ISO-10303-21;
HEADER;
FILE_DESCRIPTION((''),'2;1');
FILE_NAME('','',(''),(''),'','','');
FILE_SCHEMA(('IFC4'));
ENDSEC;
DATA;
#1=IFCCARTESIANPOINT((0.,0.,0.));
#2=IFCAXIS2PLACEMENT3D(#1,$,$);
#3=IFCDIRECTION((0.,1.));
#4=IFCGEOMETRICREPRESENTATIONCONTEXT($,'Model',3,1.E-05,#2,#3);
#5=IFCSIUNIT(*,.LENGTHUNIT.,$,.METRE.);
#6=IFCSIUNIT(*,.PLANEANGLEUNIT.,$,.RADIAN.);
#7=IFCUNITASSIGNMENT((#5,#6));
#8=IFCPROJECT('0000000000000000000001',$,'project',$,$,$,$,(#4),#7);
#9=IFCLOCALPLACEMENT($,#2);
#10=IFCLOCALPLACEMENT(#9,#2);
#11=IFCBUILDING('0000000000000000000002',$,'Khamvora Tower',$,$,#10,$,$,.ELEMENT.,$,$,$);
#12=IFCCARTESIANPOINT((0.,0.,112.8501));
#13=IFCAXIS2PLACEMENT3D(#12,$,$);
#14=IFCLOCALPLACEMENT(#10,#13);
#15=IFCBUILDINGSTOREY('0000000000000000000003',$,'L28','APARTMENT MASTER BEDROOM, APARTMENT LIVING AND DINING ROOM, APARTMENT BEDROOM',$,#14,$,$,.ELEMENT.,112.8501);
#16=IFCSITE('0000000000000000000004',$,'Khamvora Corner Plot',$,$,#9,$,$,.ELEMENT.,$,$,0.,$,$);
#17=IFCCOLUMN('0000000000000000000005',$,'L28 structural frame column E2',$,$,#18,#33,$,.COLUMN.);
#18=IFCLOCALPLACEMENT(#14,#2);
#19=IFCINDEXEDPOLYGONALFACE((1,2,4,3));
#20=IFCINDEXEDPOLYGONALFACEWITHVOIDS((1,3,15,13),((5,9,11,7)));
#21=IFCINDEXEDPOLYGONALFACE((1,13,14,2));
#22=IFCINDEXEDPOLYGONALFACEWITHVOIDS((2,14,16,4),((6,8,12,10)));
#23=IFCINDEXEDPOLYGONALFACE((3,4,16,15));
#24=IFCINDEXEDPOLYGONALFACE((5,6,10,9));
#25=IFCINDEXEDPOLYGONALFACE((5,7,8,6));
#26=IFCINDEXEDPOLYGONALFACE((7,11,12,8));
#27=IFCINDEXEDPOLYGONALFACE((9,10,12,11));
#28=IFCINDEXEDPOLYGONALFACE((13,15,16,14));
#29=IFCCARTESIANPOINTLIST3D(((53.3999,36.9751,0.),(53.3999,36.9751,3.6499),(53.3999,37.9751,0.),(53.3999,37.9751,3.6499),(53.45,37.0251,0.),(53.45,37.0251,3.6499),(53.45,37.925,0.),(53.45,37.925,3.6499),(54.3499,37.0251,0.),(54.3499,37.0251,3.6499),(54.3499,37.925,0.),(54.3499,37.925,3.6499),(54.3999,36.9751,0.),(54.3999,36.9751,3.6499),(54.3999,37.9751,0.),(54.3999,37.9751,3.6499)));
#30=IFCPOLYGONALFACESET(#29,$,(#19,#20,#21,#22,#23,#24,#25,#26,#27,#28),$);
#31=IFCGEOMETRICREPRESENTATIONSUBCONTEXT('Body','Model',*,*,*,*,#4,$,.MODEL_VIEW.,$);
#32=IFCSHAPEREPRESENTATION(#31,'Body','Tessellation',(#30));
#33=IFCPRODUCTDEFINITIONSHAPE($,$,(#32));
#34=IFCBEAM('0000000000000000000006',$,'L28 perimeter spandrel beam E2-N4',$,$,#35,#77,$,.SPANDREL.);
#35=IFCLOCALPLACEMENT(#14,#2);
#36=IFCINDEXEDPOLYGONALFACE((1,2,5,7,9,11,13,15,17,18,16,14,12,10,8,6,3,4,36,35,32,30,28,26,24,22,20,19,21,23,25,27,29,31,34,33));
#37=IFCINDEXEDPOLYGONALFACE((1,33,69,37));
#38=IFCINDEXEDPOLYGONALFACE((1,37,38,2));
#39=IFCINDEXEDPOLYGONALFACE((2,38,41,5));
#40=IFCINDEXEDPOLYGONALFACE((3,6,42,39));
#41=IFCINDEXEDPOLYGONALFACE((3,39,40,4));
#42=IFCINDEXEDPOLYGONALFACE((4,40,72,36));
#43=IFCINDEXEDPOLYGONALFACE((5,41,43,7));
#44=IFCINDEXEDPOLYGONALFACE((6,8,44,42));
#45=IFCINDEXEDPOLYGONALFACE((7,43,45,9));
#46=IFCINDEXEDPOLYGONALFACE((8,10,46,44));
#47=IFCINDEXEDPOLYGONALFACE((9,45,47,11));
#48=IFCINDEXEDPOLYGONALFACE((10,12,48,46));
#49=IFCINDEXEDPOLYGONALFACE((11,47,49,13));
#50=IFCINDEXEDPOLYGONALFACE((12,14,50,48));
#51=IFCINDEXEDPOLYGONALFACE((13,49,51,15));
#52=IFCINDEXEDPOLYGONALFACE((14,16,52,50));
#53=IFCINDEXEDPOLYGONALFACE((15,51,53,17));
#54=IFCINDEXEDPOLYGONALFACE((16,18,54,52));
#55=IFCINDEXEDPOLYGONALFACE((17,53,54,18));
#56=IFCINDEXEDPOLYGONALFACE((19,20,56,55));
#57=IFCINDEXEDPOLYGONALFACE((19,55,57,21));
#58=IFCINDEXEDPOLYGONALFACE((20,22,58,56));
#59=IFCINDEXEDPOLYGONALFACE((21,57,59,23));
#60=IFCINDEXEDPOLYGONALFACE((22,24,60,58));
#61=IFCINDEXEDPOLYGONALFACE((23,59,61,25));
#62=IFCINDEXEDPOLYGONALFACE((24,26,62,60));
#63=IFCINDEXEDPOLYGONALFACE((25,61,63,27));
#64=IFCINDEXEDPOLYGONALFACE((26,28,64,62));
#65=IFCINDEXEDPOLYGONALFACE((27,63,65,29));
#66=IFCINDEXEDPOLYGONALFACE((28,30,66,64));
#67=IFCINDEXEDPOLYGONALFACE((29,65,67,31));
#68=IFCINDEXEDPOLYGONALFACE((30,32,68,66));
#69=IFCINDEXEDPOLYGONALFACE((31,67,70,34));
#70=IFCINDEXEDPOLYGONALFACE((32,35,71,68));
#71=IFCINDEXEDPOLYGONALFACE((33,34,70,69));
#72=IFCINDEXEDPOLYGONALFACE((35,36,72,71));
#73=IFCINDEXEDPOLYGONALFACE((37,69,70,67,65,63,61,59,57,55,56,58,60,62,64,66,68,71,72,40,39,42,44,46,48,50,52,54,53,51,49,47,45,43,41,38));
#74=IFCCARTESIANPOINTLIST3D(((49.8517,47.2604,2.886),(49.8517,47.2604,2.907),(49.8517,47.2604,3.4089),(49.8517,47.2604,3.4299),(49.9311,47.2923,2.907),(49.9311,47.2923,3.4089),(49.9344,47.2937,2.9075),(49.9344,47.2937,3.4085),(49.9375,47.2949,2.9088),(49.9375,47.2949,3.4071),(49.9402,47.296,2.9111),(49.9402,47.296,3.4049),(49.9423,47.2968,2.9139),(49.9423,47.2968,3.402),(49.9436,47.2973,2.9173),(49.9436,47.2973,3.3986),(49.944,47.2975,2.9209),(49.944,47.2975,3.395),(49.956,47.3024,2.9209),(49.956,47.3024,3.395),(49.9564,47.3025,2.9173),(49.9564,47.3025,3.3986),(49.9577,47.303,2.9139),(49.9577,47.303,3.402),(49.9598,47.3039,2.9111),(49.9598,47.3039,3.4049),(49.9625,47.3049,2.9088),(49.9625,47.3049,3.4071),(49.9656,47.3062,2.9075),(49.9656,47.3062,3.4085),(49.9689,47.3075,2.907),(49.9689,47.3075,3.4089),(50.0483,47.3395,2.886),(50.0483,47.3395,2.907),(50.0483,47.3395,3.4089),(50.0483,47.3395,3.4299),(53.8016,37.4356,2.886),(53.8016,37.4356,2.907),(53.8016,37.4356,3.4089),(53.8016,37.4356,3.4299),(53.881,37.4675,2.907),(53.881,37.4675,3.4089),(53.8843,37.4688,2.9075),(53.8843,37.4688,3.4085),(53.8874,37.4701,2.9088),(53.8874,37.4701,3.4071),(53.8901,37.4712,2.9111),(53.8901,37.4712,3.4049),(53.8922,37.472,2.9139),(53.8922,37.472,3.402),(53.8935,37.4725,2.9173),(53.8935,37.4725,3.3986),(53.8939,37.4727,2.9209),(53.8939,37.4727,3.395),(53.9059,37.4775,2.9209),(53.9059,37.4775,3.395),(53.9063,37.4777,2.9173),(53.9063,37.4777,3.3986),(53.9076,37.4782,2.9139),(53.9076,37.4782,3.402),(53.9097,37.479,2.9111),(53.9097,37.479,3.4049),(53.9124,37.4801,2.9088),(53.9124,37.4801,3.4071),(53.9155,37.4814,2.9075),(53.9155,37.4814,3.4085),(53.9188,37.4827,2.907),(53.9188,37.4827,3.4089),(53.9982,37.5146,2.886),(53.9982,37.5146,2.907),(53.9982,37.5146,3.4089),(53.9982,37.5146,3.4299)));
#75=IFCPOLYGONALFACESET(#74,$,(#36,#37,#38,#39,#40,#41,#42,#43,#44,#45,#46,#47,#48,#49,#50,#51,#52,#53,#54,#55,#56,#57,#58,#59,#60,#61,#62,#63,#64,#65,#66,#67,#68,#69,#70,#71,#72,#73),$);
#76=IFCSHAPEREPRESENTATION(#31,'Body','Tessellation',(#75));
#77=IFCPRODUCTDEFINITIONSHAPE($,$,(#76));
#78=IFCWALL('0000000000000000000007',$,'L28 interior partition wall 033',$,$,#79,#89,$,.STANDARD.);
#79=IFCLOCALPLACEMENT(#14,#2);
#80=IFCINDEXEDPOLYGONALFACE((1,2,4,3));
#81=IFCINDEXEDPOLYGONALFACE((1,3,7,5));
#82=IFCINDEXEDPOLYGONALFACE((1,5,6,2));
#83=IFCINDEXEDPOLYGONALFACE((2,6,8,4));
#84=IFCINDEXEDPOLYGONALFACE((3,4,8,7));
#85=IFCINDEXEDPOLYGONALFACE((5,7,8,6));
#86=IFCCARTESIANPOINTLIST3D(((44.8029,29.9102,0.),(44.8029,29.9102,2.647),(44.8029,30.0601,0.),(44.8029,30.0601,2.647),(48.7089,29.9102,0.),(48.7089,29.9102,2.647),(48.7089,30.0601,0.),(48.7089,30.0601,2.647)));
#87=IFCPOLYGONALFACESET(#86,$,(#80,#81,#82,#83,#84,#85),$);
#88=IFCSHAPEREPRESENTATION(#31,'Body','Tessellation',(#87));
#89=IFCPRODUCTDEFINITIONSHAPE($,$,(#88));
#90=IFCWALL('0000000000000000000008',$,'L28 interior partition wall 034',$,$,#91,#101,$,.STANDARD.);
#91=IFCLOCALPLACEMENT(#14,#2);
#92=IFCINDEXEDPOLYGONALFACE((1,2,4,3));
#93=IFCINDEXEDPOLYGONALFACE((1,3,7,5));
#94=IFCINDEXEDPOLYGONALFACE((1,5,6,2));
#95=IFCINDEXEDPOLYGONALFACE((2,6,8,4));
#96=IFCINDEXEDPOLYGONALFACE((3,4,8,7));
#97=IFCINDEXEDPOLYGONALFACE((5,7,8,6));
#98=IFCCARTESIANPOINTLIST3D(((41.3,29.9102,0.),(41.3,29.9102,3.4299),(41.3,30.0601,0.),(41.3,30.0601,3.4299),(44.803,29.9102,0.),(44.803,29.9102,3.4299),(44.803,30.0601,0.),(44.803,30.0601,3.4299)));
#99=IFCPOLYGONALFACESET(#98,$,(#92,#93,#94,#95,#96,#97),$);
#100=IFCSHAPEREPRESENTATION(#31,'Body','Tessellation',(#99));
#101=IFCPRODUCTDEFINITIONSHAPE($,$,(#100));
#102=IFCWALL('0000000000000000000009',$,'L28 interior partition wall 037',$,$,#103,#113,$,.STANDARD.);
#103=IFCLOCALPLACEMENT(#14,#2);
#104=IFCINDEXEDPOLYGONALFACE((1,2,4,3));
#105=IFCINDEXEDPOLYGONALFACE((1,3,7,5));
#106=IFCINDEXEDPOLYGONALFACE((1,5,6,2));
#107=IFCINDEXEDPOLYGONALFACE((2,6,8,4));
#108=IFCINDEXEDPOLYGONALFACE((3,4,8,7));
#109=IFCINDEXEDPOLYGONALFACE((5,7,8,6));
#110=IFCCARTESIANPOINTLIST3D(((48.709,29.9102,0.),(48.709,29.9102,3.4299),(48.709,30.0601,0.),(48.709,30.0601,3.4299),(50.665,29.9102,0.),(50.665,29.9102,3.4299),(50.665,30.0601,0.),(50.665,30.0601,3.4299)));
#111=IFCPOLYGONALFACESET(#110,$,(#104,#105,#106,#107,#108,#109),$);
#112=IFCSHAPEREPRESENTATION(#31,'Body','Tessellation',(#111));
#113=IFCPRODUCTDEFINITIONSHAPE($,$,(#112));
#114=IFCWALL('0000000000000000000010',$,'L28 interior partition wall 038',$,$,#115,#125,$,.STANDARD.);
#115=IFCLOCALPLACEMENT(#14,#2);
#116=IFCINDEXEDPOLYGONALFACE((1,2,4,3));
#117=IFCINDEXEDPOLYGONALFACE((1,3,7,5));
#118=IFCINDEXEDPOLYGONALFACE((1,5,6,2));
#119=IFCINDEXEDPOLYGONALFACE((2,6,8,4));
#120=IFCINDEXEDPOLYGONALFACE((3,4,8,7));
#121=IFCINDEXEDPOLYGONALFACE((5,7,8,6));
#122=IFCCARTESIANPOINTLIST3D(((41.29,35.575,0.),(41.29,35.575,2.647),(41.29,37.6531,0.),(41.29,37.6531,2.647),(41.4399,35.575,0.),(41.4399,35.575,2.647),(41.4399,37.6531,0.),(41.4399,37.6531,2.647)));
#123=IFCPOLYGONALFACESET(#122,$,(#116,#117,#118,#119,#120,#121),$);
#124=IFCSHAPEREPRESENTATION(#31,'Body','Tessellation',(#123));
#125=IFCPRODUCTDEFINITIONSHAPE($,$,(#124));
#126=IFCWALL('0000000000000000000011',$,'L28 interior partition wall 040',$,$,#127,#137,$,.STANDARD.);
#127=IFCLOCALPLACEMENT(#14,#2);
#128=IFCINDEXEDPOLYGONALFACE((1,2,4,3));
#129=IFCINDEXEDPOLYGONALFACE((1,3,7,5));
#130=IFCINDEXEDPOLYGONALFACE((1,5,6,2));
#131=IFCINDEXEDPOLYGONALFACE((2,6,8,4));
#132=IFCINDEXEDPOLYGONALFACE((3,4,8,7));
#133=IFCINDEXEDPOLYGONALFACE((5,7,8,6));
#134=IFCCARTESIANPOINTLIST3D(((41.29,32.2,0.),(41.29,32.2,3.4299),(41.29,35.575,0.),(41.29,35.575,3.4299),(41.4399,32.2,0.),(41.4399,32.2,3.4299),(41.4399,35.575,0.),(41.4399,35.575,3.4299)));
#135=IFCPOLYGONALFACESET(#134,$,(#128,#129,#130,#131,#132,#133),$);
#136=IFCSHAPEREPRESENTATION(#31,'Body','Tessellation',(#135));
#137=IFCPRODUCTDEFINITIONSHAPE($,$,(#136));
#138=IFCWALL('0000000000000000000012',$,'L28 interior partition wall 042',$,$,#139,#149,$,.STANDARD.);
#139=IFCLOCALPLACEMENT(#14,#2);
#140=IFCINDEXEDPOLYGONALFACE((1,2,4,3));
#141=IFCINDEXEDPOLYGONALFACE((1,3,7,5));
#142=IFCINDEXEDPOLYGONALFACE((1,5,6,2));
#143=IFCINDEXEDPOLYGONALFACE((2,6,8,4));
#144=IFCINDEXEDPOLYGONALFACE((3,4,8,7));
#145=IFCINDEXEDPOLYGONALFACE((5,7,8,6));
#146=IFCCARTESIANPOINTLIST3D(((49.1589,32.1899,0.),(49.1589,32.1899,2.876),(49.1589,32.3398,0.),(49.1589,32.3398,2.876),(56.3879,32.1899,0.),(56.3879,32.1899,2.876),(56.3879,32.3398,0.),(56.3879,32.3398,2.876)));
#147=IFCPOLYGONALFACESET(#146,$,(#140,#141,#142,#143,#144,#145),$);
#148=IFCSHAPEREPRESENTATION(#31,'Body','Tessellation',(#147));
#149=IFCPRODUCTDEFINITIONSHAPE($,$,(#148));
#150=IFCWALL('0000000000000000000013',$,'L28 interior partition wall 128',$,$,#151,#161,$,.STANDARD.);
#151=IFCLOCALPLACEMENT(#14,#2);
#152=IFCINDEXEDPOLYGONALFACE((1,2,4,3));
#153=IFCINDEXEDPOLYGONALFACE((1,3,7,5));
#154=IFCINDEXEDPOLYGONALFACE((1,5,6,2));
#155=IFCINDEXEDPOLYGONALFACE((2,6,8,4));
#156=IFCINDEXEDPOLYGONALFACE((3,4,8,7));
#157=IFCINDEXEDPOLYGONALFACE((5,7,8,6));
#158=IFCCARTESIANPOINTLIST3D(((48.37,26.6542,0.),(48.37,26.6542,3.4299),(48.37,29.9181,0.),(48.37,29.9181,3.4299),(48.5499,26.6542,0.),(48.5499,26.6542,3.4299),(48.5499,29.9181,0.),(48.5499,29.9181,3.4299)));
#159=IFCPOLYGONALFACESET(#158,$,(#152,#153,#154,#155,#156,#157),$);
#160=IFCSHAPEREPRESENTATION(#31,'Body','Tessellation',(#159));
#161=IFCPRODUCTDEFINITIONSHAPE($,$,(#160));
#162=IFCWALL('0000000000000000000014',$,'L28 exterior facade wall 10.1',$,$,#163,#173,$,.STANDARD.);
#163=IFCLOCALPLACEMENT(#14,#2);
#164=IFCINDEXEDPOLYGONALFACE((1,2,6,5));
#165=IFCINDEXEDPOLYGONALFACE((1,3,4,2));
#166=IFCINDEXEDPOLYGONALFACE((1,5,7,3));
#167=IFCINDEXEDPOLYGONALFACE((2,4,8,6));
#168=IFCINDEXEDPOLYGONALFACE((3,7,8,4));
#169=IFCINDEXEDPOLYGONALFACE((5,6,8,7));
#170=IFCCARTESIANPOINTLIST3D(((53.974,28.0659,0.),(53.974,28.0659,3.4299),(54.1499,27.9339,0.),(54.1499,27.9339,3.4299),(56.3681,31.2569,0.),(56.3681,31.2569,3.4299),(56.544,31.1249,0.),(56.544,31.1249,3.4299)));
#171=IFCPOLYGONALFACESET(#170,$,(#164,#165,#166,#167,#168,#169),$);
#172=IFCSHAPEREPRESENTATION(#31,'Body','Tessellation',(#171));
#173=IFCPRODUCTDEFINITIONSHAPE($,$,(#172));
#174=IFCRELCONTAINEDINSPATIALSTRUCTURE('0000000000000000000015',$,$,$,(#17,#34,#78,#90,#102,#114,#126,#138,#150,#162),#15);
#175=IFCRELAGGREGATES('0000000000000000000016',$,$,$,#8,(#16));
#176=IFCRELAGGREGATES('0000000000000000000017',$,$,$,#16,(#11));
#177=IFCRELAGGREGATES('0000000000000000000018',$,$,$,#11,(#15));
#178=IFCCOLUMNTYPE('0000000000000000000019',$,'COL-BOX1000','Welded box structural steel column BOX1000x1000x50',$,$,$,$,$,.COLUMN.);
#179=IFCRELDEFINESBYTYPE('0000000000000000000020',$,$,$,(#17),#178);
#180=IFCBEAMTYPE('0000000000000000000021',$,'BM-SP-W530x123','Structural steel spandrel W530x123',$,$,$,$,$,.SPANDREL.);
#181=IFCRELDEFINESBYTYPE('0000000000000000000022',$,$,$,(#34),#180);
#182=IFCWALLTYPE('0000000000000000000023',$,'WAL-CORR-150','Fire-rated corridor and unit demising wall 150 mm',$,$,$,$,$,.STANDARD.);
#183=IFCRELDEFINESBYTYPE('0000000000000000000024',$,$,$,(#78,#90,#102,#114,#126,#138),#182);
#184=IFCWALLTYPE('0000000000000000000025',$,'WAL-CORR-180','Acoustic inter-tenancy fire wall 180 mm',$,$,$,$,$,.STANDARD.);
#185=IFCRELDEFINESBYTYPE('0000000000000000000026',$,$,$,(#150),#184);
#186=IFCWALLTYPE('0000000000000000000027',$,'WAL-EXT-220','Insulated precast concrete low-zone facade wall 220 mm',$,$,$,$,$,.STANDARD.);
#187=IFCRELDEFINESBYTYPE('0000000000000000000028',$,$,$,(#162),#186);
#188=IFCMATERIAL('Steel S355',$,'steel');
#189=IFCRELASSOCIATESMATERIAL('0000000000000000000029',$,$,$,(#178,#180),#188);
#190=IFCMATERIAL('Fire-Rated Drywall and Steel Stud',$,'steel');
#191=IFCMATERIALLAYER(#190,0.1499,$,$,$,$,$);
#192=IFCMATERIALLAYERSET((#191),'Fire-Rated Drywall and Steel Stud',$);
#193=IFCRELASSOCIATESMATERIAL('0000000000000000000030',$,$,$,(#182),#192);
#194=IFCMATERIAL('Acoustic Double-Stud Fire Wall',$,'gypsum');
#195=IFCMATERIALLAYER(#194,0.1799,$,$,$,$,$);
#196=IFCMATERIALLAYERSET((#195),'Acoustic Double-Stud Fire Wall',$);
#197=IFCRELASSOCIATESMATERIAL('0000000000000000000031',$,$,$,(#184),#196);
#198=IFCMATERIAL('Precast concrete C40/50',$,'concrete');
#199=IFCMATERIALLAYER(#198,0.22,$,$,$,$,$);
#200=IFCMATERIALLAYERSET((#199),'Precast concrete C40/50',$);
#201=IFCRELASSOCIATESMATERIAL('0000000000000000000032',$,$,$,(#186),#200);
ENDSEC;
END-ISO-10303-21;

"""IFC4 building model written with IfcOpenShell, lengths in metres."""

from ifc_helpers import new_model, si_unit, direction, frame, frame_2d, origin, origin_2d, place, context, subcontext, project, spatial, rectangle, hollow_rectangle, i_section, extrude, material, layer, layer_set, material_profile, profile_set, type_object, element, save


model = new_model("IFC4")

# Units and contexts
model_context = context("Model", 3, precision=1e-05, world=origin(), true_north=direction((0.0, 1.0)))
body_context = subcontext(model_context, "Body", "Model", "MODEL_VIEW")
ifc_project = project(units=[si_unit("LENGTHUNIT", "METRE"), si_unit("PLANEANGLEUNIT", "RADIAN")], contexts=[model_context])

# Site, building, storey
site_placement = place(None, origin())
site = spatial("IfcSite", under=ifc_project, at=site_placement, Name="Khamvora Corner Plot", CompositionType="ELEMENT", RefElevation=0.0)
building_placement = place(site_placement, origin())
building = spatial("IfcBuilding", under=site, at=building_placement, Name="Khamvora Tower", CompositionType="ELEMENT")
storey_placement = place(building_placement, frame((0.0, 0.0, 112.8501)))
storey = spatial("IfcBuildingStorey", under=building, at=storey_placement, Name="L28", Description="APARTMENT MASTER BEDROOM, APARTMENT LIVING AND DINING ROOM, APARTMENT BEDROOM", CompositionType="ELEMENT", Elevation=112.8501)

# Column
ifc_material_1 = material(Name="Steel S355", Category="steel")
ifc_material_profile_1 = material_profile(ifc_material_1, hollow_rectangle(XDim=1.0, YDim=1.0, WallThickness=0.05, at=origin_2d()), Name="BOX1000x1000x50")
ifc_profile_set_1 = profile_set([ifc_material_profile_1], Name="Steel S355")
column_type = type_object("IfcColumnType", Name="COL-BOX1000", Description="Welded box structural steel column BOX1000x1000x50", PredefinedType="COLUMN", material=ifc_profile_set_1)
column_placement = place(storey_placement, frame((53.8999, 37.4751, 0.0), z_axis=(0.0, 0.0, 1.0), x_axis=(1.0, 0.0, 0.0)))
element("IfcColumn", 1, at=column_placement, inside=storey, type_object=column_type, Name="L28 structural frame column E2", PredefinedType="COLUMN", context=body_context, shape_type="SweptSolid", body=[
    extrude(hollow_rectangle(XDim=1.0, YDim=1.0, WallThickness=0.05, at=origin_2d()), origin(), (0.0, 0.0, 1.0), 3.6499),
])

# Beam
ifc_material_profile_2 = material_profile(ifc_material_1, i_section(OverallWidth=0.2119, OverallDepth=0.5439, WebThickness=0.0129, FlangeThickness=0.021, FilletRadius=0.0139, at=origin_2d()), Name="W530x123")
ifc_profile_set_2 = profile_set([ifc_material_profile_2], Name="Steel S355")
beam_type = type_object("IfcBeamType", Name="BM-SP-W530x123", Description="Structural steel spandrel W530x123", PredefinedType="SPANDREL", material=ifc_profile_set_2)
beam_placement = place(storey_placement, frame((53.8999, 37.4751, 3.158), z_axis=(-0.373016, 0.927825, 0.0), x_axis=(-0.927825, -0.373016, 0.0)))
element("IfcBeam", 2, at=beam_placement, inside=storey, type_object=beam_type, Name="L28 perimeter spandrel beam E2-N4", PredefinedType="SPANDREL", context=body_context, shape_type="SweptSolid", body=[
    extrude(i_section(OverallWidth=0.2119, OverallDepth=0.5439, WebThickness=0.0129, FlangeThickness=0.021, FilletRadius=0.0139, at=origin_2d()), origin(), (0.0, 0.0, 1.0), 10.5891),
])

# Walls
ifc_material_2 = material(Name="Fire-Rated Drywall and Steel Stud", Category="steel")
ifc_layer_1 = layer(ifc_material_2, 0.1499)
ifc_layer_set_1 = layer_set([ifc_layer_1], Name="Fire-Rated Drywall and Steel Stud")
wall_type_1 = type_object("IfcWallType", Name="WAL-CORR-150", Description="Fire-rated corridor and unit demising wall 150 mm", PredefinedType="STANDARD", material=ifc_layer_set_1)
wall_1_placement = place(storey_placement, frame((48.709, 29.9851, 0.0), z_axis=(0.0, 0.0, 1.0), x_axis=(-1.0, 0.0, 0.0)))
element("IfcWall", 3, at=wall_1_placement, inside=storey, type_object=wall_type_1, Name="L28 interior partition wall 033", PredefinedType="STANDARD", context=body_context, shape_type="SweptSolid", body=[
    extrude(rectangle(XDim=3.906, YDim=0.1499, at=frame_2d((1.9531, 0.0))), origin(), (0.0, 0.0, 1.0), 2.647),
])
wall_2_placement = place(storey_placement, frame((44.803, 29.9851, 0.0), z_axis=(0.0, 0.0, 1.0), x_axis=(-1.0, 0.0, 0.0)))
element("IfcWall", 4, at=wall_2_placement, inside=storey, type_object=wall_type_1, Name="L28 interior partition wall 034", PredefinedType="STANDARD", context=body_context, shape_type="SweptSolid", body=[
    extrude(rectangle(XDim=3.5029, YDim=0.1499, at=frame_2d((1.7515, 0.0))), origin(), (0.0, 0.0, 1.0), 3.4299),
])

# Walls
wall_3_placement = place(storey_placement, frame((50.665, 29.9851, 0.0), z_axis=(0.0, 0.0, 1.0), x_axis=(-1.0, 0.0, 0.0)))
element("IfcWall", 5, at=wall_3_placement, inside=storey, type_object=wall_type_1, Name="L28 interior partition wall 037", PredefinedType="STANDARD", context=body_context, shape_type="SweptSolid", body=[
    extrude(rectangle(XDim=1.9561, YDim=0.1499, at=frame_2d((0.978, 0.0))), origin(), (0.0, 0.0, 1.0), 3.4299),
])
wall_4_placement = place(storey_placement, frame((41.365, 37.6531, 0.0), z_axis=(0.0, 0.0, 1.0), x_axis=(0.0, -1.0, 0.0)))
element("IfcWall", 6, at=wall_4_placement, inside=storey, type_object=wall_type_1, Name="L28 interior partition wall 038", PredefinedType="STANDARD", context=body_context, shape_type="SweptSolid", body=[
    extrude(rectangle(XDim=2.0781, YDim=0.1499, at=frame_2d((1.0391, 0.0))), origin(), (0.0, 0.0, 1.0), 2.647),
])

# Walls
wall_5_placement = place(storey_placement, frame((41.365, 35.575, 0.0), z_axis=(0.0, 0.0, 1.0), x_axis=(0.0, -1.0, 0.0)))
element("IfcWall", 7, at=wall_5_placement, inside=storey, type_object=wall_type_1, Name="L28 interior partition wall 040", PredefinedType="STANDARD", context=body_context, shape_type="SweptSolid", body=[
    extrude(rectangle(XDim=3.375, YDim=0.1499, at=frame_2d((1.6875, 0.0))), origin(), (0.0, 0.0, 1.0), 3.4299),
])
wall_6_placement = place(storey_placement, frame((49.1589, 32.2649, 0.0), z_axis=(0.0, 0.0, 1.0), x_axis=(1.0, 0.0, 0.0)))
element("IfcWall", 8, at=wall_6_placement, inside=storey, type_object=wall_type_1, Name="L28 interior partition wall 042", PredefinedType="STANDARD", context=body_context, shape_type="SweptSolid", body=[
    extrude(rectangle(XDim=7.229, YDim=0.1499, at=frame_2d((3.6145, 0.0))), origin(), (0.0, 0.0, 1.0), 2.876),
])
ifc_material_3 = material(Name="Acoustic Double-Stud Fire Wall", Category="gypsum")
ifc_layer_2 = layer(ifc_material_3, 0.1799)
ifc_layer_set_2 = layer_set([ifc_layer_2], Name="Acoustic Double-Stud Fire Wall")
wall_type_2 = type_object("IfcWallType", Name="WAL-CORR-180", Description="Acoustic inter-tenancy fire wall 180 mm", PredefinedType="STANDARD", material=ifc_layer_set_2)
wall_7_placement = place(storey_placement, frame((48.46, 29.918, 0.0), z_axis=(0.0, 0.0, 1.0), x_axis=(0.0, -1.0, 0.0)))
element("IfcWall", 9, at=wall_7_placement, inside=storey, type_object=wall_type_2, Name="L28 interior partition wall 128", PredefinedType="STANDARD", context=body_context, shape_type="SweptSolid", body=[
    extrude(rectangle(XDim=3.2639, YDim=0.1799, at=frame_2d((1.6318, 0.0))), origin(), (0.0, 0.0, 1.0), 3.4299),
])
ifc_material_4 = material(Name="Precast concrete C40/50", Category="concrete")
ifc_layer_3 = layer(ifc_material_4, 0.22)
ifc_layer_set_3 = layer_set([ifc_layer_3], Name="Precast concrete C40/50")
wall_type_3 = type_object("IfcWallType", Name="WAL-EXT-220", Description="Insulated precast concrete low-zone facade wall 220 mm", PredefinedType="STANDARD", material=ifc_layer_set_3)
wall_8_placement = place(storey_placement, frame((56.4561, 31.1909, 0.0), z_axis=(0.0, 0.0, 1.0), x_axis=(-0.600137, -0.799897, 0.0)))
element("IfcWall", 10, at=wall_8_placement, inside=storey, type_object=wall_type_3, Name="L28 exterior facade wall 10.1", PredefinedType="STANDARD", context=body_context, shape_type="SweptSolid", body=[
    extrude(rectangle(XDim=3.9893, YDim=0.22, at=frame_2d((1.9946, 0.0))), origin(), (0.0, 0.0, 1.0), 3.4299),
])

save(model, "model.ifc")
